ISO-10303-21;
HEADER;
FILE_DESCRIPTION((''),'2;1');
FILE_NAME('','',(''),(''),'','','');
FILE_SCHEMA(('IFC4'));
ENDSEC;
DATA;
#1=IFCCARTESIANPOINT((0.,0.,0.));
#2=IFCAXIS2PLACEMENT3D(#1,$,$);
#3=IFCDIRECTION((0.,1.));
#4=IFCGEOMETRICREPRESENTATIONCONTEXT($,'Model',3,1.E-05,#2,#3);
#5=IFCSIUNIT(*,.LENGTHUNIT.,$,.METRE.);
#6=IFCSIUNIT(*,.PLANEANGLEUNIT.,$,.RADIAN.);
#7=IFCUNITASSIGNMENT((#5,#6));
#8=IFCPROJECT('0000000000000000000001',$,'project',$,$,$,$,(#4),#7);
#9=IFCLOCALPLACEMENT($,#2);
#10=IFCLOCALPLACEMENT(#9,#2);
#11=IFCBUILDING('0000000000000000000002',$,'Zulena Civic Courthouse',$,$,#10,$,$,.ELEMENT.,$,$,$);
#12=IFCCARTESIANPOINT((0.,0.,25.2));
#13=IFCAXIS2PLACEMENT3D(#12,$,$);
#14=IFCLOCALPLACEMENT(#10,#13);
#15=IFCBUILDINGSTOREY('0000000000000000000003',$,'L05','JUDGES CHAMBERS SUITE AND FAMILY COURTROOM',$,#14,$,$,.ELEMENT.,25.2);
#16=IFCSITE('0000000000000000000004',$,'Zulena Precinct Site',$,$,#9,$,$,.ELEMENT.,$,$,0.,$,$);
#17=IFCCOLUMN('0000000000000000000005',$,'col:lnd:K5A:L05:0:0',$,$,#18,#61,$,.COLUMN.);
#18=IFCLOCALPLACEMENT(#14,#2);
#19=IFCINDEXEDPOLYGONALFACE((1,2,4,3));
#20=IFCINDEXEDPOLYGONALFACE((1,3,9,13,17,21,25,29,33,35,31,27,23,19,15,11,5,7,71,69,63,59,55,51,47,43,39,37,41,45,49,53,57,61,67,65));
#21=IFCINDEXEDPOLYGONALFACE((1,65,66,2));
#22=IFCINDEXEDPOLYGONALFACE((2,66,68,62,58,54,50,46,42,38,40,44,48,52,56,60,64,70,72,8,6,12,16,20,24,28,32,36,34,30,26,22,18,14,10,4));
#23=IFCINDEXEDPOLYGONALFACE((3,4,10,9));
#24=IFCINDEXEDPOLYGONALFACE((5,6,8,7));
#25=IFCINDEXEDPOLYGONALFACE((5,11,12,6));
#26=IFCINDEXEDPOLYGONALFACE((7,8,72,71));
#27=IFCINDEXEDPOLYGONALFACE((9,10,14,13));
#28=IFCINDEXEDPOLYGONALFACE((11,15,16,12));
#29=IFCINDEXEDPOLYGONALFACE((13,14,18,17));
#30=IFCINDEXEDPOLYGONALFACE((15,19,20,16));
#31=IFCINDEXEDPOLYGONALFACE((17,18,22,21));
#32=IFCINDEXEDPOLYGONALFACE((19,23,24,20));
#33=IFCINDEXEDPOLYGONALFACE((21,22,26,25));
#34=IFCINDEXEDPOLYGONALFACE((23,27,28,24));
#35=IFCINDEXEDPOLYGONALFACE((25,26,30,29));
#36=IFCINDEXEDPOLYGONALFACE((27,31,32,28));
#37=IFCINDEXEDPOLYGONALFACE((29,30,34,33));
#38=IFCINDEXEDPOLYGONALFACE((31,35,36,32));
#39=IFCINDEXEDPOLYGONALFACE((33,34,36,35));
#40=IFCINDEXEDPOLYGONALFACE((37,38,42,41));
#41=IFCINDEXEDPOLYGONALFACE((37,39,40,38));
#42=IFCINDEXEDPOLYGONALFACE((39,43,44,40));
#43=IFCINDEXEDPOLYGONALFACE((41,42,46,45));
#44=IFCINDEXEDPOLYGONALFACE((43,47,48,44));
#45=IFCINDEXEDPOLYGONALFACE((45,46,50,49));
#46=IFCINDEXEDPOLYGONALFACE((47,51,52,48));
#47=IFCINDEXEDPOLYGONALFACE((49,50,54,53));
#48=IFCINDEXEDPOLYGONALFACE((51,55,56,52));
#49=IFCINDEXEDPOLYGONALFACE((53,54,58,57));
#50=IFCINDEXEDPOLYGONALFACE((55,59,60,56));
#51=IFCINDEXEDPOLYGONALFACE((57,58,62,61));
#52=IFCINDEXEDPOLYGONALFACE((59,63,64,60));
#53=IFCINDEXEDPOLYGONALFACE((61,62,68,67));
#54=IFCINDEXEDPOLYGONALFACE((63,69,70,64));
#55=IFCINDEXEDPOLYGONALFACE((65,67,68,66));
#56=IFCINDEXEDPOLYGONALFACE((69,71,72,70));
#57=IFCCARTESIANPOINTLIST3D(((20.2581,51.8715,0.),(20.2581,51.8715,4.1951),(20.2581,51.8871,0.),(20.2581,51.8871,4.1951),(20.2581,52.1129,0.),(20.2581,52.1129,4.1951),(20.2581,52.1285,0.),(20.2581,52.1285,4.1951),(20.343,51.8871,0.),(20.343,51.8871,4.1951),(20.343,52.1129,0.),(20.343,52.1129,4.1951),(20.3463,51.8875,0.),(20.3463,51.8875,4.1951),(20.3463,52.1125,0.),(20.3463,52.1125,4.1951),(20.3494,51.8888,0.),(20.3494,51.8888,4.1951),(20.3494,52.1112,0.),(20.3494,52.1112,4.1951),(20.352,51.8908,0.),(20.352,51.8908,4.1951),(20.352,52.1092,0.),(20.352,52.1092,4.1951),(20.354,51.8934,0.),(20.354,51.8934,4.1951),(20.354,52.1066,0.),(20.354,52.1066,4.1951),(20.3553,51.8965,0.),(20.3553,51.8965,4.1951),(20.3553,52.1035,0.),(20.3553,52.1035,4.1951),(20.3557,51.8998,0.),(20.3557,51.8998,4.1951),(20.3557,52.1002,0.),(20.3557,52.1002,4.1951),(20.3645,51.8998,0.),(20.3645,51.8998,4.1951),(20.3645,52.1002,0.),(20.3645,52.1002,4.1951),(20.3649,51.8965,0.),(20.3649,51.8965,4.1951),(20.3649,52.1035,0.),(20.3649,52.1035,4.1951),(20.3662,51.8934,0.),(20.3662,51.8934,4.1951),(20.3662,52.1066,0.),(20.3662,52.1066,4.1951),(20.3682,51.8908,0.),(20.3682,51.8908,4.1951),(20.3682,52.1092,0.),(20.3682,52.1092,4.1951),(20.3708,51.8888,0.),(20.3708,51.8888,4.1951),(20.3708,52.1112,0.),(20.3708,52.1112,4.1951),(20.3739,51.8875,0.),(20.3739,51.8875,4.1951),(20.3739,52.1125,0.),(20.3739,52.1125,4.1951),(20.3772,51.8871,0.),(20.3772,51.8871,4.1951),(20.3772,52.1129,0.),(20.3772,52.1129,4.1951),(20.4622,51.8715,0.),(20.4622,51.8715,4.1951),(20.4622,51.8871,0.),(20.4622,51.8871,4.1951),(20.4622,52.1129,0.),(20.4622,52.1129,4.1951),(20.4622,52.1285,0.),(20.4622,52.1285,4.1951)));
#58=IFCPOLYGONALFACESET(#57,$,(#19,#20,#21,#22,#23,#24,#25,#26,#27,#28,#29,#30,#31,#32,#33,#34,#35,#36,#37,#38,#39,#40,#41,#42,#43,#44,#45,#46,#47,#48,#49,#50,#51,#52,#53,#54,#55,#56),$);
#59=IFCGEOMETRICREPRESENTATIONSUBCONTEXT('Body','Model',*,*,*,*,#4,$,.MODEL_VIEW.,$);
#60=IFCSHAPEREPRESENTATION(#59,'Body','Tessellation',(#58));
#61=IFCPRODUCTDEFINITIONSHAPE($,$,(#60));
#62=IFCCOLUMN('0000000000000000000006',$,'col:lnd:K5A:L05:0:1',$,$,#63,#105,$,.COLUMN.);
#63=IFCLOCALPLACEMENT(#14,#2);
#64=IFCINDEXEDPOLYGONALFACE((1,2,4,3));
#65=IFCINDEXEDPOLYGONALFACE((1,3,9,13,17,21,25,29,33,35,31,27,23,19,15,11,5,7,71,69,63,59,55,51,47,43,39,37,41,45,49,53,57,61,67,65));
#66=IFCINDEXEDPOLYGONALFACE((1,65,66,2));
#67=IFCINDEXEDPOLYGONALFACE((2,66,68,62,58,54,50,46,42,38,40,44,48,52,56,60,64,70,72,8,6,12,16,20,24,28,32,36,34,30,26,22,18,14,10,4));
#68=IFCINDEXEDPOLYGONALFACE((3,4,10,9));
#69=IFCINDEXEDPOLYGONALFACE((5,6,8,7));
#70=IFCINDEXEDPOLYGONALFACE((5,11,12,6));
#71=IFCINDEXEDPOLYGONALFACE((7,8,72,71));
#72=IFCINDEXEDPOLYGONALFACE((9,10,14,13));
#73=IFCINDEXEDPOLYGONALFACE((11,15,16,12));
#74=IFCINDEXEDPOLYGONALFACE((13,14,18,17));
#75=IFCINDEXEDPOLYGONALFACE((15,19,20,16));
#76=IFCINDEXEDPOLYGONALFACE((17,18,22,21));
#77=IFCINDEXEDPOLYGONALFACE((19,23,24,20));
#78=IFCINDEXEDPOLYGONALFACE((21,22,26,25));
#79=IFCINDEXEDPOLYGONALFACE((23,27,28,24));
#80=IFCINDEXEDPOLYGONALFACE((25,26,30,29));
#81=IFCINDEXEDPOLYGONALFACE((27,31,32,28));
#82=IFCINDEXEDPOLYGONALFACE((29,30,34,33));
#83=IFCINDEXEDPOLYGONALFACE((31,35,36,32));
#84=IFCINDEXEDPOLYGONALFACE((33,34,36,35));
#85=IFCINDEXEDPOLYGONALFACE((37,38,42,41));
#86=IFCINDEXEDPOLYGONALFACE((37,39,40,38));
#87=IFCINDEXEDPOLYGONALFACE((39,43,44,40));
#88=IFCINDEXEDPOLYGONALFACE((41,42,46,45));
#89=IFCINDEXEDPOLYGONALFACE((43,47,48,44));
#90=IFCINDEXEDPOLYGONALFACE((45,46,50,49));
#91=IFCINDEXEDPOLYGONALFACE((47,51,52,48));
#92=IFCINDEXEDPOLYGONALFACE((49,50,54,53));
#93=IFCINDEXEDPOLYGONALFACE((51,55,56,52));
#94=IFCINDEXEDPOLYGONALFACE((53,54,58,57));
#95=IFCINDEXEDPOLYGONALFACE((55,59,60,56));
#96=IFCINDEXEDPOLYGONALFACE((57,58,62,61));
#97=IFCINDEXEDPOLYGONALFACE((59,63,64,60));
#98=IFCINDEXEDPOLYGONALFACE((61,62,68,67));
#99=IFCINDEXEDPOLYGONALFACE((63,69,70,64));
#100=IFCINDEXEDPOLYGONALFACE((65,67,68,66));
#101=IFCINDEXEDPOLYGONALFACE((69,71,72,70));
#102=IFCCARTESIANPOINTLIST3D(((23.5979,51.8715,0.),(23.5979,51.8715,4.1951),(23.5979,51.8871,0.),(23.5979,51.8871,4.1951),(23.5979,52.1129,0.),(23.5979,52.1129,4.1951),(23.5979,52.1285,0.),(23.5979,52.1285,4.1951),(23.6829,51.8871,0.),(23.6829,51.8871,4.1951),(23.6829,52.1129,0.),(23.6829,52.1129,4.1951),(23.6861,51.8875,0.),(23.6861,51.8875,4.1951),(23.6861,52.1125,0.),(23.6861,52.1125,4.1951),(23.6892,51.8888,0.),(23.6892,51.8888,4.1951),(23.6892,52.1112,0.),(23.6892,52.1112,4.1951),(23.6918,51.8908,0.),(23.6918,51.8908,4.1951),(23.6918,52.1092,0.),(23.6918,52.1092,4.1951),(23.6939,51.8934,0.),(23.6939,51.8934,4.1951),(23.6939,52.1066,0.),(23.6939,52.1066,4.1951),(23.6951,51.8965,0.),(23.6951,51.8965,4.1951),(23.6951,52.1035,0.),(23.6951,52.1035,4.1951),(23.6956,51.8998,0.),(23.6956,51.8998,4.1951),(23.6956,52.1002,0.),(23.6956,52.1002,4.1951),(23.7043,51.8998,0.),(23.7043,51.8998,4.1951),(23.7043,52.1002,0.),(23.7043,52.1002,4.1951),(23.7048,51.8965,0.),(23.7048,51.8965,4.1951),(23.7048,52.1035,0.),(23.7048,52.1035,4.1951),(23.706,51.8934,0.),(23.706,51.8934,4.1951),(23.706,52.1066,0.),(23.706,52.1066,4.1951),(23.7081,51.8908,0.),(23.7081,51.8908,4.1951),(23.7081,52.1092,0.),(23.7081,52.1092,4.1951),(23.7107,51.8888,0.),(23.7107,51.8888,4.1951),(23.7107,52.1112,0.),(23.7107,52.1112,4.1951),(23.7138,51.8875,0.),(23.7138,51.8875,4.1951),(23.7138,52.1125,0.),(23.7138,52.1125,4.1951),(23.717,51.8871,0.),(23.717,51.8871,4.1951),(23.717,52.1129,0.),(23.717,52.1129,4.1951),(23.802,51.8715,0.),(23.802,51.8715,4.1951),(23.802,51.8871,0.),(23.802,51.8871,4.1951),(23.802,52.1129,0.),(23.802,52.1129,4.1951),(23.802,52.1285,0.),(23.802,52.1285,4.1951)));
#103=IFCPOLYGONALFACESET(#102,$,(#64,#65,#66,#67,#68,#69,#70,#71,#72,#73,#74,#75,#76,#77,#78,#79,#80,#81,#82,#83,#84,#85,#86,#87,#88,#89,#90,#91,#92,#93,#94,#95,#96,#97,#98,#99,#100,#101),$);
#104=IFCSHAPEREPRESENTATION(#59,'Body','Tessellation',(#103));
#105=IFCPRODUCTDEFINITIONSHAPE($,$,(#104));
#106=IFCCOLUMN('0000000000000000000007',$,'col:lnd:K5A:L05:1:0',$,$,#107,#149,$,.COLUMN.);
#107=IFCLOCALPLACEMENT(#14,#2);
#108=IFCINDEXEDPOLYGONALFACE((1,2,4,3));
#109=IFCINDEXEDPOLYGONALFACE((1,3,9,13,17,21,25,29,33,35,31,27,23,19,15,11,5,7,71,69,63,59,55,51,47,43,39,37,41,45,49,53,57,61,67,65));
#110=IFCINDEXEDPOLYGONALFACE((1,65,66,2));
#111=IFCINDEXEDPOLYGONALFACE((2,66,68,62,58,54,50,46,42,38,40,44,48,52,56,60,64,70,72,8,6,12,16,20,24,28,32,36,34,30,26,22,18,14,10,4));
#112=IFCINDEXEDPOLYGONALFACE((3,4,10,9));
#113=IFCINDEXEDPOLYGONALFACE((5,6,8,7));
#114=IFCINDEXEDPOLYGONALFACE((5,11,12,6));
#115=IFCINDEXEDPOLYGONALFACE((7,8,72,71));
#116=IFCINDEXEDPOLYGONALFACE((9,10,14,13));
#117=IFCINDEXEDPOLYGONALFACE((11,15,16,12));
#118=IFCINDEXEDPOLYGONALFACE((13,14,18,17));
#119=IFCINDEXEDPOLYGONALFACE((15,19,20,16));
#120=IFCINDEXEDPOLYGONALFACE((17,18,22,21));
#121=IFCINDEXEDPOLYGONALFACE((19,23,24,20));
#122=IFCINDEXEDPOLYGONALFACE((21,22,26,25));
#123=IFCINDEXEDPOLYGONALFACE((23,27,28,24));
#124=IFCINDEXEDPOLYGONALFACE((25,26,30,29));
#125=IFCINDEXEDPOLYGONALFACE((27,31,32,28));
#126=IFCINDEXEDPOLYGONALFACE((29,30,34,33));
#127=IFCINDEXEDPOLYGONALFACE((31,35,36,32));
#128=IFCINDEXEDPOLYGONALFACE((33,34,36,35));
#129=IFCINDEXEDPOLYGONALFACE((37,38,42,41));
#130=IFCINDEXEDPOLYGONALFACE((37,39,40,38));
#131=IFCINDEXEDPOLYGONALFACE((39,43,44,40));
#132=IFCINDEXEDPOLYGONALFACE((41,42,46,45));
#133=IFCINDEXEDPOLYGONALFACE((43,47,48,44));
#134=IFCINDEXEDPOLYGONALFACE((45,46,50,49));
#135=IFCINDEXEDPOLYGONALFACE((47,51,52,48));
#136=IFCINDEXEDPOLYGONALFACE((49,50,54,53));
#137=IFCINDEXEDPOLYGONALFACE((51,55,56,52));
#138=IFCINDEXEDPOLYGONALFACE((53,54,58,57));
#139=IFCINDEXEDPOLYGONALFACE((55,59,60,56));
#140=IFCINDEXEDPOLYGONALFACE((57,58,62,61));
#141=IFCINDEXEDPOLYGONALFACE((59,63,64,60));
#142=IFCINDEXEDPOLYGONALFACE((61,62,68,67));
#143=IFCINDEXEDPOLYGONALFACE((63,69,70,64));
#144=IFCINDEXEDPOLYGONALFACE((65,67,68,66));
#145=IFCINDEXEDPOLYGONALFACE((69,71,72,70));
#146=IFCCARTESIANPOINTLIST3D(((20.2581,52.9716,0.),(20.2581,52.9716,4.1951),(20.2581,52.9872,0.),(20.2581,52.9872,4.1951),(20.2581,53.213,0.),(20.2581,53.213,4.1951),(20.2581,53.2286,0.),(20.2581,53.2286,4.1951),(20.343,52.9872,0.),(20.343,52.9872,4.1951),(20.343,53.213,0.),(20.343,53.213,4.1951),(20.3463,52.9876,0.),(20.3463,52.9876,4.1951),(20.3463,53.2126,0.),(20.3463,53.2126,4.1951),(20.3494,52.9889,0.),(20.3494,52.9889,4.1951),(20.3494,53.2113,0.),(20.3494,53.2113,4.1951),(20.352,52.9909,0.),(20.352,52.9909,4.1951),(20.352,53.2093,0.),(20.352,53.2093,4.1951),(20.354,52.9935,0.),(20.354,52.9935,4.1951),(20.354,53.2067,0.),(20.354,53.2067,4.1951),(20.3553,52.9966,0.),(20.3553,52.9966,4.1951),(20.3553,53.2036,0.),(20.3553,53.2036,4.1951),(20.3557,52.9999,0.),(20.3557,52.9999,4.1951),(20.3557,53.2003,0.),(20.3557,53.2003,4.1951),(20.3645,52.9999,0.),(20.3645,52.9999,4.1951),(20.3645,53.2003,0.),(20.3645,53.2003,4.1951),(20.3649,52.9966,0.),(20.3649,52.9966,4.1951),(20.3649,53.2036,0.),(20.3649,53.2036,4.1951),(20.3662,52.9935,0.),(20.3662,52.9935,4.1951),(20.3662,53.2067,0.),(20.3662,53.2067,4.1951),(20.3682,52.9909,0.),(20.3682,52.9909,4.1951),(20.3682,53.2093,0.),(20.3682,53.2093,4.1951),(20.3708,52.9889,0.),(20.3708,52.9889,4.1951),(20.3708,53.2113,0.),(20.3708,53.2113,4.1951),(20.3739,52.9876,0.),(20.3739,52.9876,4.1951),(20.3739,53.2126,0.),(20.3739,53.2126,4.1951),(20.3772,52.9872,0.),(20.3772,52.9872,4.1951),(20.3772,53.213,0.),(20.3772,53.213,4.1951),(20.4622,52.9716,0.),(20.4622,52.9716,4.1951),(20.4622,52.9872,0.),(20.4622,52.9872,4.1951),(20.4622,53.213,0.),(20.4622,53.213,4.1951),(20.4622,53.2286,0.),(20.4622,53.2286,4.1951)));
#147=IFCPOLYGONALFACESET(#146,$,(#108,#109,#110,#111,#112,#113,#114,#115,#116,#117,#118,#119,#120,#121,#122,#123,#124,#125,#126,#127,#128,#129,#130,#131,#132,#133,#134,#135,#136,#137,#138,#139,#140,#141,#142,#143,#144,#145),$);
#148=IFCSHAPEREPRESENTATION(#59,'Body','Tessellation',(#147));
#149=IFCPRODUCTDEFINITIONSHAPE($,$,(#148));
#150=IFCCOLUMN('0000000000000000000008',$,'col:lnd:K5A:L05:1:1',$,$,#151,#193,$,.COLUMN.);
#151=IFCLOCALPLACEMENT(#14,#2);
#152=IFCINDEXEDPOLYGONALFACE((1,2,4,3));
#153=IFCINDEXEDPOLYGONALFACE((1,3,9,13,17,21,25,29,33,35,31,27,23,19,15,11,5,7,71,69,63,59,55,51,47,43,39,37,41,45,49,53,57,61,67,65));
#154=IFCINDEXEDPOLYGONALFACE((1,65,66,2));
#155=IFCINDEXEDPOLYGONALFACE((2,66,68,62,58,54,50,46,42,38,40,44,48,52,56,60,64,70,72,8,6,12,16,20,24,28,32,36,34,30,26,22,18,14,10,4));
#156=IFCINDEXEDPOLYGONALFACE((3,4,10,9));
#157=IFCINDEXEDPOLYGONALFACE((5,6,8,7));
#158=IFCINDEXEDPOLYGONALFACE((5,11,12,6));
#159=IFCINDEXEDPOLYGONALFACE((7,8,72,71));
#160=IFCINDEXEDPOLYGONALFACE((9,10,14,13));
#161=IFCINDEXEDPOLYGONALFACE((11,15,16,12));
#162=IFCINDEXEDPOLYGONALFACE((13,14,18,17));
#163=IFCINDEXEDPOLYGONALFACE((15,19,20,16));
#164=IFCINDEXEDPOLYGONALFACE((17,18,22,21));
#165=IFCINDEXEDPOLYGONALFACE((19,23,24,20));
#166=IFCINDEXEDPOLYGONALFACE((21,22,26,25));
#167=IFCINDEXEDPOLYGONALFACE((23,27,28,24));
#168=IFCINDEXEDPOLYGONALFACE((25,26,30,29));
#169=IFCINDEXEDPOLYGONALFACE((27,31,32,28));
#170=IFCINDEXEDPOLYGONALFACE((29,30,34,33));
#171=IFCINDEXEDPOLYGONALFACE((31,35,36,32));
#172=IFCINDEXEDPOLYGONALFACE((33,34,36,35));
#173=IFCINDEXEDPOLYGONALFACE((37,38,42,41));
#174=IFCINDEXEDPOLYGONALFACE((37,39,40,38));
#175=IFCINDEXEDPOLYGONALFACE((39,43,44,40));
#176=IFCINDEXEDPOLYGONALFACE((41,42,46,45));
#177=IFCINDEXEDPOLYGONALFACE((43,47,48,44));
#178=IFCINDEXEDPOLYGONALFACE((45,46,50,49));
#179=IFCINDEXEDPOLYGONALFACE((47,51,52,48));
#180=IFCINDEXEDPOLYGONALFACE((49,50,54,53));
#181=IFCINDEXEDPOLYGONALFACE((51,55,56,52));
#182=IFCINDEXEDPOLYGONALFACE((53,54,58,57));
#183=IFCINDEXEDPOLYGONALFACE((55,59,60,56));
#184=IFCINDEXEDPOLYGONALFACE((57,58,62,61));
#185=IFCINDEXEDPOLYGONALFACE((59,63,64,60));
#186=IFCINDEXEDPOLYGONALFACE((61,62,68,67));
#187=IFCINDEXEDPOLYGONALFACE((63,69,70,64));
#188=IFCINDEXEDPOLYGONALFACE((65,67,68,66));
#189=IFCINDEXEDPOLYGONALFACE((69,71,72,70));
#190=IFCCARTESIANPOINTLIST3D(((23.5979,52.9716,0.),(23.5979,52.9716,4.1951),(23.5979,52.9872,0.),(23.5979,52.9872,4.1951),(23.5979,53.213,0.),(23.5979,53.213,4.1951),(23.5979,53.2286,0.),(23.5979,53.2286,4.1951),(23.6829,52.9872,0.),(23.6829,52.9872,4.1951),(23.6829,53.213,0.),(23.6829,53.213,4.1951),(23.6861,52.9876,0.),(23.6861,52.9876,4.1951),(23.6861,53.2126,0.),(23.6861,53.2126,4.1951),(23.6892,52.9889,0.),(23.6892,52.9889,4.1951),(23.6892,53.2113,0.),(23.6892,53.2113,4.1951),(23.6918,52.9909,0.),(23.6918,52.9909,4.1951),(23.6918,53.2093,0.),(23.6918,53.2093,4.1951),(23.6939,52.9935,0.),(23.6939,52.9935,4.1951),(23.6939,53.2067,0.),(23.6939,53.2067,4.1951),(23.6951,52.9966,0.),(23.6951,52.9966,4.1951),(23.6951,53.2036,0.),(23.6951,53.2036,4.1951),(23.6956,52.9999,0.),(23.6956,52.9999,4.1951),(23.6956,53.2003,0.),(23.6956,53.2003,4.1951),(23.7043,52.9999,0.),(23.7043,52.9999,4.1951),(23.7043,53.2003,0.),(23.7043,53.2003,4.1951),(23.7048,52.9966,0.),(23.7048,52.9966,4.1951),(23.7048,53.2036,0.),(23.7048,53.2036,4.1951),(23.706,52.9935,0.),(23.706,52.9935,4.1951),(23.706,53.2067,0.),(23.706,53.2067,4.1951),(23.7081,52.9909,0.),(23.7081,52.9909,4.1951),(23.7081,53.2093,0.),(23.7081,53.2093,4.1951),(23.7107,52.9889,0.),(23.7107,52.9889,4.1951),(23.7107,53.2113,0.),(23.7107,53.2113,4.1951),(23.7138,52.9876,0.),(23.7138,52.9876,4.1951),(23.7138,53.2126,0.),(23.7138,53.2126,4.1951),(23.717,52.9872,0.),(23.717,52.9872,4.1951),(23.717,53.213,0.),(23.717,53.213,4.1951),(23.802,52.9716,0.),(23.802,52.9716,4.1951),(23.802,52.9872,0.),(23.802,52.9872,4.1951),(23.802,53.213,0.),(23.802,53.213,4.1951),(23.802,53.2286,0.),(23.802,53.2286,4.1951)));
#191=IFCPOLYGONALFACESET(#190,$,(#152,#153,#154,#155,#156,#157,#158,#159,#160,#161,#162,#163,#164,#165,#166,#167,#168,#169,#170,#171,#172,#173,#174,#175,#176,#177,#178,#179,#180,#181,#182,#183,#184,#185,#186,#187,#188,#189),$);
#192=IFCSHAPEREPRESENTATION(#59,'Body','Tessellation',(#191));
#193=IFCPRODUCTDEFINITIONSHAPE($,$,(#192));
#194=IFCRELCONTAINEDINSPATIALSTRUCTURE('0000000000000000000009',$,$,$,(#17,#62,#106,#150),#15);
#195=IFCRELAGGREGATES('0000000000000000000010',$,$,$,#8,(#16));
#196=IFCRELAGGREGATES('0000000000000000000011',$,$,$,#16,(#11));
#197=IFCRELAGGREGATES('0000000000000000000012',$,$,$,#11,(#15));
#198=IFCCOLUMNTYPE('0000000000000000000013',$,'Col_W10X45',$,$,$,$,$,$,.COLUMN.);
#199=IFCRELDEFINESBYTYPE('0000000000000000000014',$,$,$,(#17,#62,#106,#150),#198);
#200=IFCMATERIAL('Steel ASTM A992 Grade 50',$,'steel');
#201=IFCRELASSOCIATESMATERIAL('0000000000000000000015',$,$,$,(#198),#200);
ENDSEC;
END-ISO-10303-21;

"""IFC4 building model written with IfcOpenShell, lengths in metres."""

from ifc_helpers import new_model, si_unit, direction, frame, origin, origin_2d, place, context, subcontext, project, spatial, i_section, extrude, material, material_profile, profile_set, type_object, element, save


model = new_model("IFC4")

# Units and contexts
model_context = context("Model", 3, precision=1e-05, world=origin(), true_north=direction((0.0, 1.0)))
body_context = subcontext(model_context, "Body", "Model", "MODEL_VIEW")
ifc_project = project(units=[si_unit("LENGTHUNIT", "METRE"), si_unit("PLANEANGLEUNIT", "RADIAN")], contexts=[model_context])

# Site, building, storey
site_placement = place(None, origin())
site = spatial("IfcSite", under=ifc_project, at=site_placement, Name="Zulena Precinct Site", CompositionType="ELEMENT", RefElevation=0.0)
building_placement = place(site_placement, origin())
building = spatial("IfcBuilding", under=site, at=building_placement, Name="Zulena Civic Courthouse", CompositionType="ELEMENT")
storey_placement = place(building_placement, frame((0.0, 0.0, 25.2)))
storey = spatial("IfcBuildingStorey", under=building, at=storey_placement, Name="L05", Description="JUDGES CHAMBERS SUITE AND FAMILY COURTROOM", CompositionType="ELEMENT", Elevation=25.2)

# Columns
ifc_material_1 = material(Name="Steel ASTM A992 Grade 50", Category="steel")
ifc_material_profile_1 = material_profile(ifc_material_1, i_section(OverallWidth=0.2041, OverallDepth=0.2571, WebThickness=0.0088, FlangeThickness=0.0156, FilletRadius=0.0127, at=origin_2d()), Name="W10X45")
ifc_profile_set_1 = profile_set([ifc_material_profile_1], Name="Steel ASTM A992 Grade 50")
column_type_1 = type_object("IfcColumnType", Name="Col_W10X45", PredefinedType="COLUMN", material=ifc_profile_set_1)
for number, where, z_axis, x_axis, name in (
    (1, (20.3601, 52.0, 0.0), (0.0, 0.0, 1.0), (1.0, 0.0, 0.0), "col:lnd:K5A:L05:0:0"),
    (2, (23.7, 52.0, 0.0), (0.0, 0.0, 1.0), (1.0, 0.0, 0.0), "col:lnd:K5A:L05:0:1"),
    (3, (20.3601, 53.1001, 0.0), (0.0, 0.0, 1.0), (1.0, 0.0, 0.0), "col:lnd:K5A:L05:1:0"),
    (4, (23.7, 53.1001, 0.0), (0.0, 0.0, 1.0), (1.0, 0.0, 0.0), "col:lnd:K5A:L05:1:1"),
):
    element("IfcColumn", number, at=place(storey_placement, frame(where, z_axis=z_axis, x_axis=x_axis)), inside=storey, type_object=column_type_1, Name=name, PredefinedType="COLUMN", context=body_context, shape_type="SweptSolid", body=[
        extrude(i_section(OverallWidth=0.2041, OverallDepth=0.2571, WebThickness=0.0088, FlangeThickness=0.0156, FilletRadius=0.0127, at=origin_2d()), origin(), (0.0, 0.0, 1.0), 4.1951),
    ])

save(model, "model.ifc")
